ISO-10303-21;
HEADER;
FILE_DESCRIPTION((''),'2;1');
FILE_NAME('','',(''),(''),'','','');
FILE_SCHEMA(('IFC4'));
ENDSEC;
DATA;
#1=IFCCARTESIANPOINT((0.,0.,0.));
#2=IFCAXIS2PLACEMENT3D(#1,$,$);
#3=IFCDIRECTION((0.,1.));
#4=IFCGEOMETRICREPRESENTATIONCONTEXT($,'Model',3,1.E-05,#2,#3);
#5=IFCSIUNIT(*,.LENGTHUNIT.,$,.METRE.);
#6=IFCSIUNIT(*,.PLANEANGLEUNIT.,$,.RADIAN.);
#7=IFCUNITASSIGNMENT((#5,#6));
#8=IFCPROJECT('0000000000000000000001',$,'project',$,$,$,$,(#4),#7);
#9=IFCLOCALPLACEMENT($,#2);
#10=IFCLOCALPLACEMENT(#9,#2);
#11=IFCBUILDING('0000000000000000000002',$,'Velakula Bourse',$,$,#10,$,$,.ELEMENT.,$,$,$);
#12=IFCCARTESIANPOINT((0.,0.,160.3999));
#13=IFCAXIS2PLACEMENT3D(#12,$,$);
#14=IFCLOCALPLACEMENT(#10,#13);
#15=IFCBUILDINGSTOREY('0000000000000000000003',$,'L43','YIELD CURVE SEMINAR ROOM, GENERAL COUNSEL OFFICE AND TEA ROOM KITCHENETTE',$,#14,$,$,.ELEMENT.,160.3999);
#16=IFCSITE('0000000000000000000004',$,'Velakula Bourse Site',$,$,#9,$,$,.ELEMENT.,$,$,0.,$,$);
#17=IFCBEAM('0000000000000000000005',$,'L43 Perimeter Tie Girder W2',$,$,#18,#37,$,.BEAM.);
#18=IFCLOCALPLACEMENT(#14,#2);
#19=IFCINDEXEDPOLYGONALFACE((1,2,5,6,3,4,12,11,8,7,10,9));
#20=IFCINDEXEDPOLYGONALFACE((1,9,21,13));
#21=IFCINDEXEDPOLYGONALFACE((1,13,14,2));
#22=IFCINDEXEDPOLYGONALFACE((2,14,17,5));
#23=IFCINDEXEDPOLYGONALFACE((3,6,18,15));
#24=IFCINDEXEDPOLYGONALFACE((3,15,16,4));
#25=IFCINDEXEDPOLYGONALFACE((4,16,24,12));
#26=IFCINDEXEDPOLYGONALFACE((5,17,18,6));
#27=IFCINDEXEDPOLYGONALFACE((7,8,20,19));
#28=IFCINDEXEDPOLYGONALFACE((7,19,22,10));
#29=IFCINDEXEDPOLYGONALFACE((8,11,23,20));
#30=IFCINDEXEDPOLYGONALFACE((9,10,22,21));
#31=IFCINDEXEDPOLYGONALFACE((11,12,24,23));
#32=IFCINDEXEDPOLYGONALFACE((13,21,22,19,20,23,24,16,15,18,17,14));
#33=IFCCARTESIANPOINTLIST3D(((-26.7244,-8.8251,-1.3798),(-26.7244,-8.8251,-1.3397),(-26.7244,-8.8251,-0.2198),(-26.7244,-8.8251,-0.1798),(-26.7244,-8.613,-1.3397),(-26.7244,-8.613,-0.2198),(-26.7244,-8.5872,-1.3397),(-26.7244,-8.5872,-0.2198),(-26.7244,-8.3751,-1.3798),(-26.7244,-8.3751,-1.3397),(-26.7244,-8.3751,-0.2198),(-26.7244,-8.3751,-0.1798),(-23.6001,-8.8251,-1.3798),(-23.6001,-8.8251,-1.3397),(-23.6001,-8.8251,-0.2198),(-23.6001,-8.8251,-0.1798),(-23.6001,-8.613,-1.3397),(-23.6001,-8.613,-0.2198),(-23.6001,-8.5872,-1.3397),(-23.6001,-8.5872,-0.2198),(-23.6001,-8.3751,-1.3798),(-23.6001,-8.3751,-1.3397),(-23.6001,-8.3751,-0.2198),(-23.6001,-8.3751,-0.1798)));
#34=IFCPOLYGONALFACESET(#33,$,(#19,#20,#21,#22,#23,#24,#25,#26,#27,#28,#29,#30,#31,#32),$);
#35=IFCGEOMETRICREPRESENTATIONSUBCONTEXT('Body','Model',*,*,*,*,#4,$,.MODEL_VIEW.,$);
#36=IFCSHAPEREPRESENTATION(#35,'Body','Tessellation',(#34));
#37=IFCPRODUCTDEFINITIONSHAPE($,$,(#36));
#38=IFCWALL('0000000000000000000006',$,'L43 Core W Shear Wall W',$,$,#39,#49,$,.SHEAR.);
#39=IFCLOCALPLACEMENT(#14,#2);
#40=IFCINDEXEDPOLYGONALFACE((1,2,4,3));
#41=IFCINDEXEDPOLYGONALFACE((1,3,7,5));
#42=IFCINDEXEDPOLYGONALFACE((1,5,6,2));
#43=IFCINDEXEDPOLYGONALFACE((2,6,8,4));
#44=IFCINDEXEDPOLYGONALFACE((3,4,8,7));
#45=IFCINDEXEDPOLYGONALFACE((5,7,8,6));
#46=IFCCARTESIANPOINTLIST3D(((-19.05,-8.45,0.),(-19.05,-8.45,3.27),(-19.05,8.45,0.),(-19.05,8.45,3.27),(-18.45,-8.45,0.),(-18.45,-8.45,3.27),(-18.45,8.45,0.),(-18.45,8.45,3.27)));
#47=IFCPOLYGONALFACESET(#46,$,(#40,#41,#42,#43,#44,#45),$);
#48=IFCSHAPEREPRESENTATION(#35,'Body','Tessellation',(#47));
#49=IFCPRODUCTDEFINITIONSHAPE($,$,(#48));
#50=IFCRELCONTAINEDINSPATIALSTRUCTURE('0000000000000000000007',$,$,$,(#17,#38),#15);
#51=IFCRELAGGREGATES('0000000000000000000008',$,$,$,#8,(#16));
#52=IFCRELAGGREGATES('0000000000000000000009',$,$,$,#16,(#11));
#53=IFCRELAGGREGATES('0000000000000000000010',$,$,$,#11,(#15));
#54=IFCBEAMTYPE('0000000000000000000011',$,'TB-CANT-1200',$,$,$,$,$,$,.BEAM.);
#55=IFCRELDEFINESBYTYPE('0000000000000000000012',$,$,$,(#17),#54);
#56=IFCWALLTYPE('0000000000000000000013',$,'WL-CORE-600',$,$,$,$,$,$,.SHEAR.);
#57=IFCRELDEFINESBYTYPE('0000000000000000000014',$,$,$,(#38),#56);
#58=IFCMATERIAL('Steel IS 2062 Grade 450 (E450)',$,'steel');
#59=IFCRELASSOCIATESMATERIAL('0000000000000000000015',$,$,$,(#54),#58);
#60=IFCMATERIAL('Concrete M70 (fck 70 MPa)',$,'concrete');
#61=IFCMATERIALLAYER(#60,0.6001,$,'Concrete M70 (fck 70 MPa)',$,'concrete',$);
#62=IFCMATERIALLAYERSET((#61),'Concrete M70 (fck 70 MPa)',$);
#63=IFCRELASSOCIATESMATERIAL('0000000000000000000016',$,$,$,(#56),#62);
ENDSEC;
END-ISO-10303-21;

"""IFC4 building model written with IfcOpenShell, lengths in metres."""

from ifc_helpers import new_model, si_unit, direction, frame, frame_2d, origin, origin_2d, place, context, subcontext, project, spatial, rectangle, i_section, extrude, material, layer, layer_set, material_profile, profile_set, type_object, element, save


model = new_model("IFC4")

# Units and contexts
model_context = context("Model", 3, precision=1e-05, world=origin(), true_north=direction((0.0, 1.0)))
body_context = subcontext(model_context, "Body", "Model", "MODEL_VIEW")
ifc_project = project(units=[si_unit("LENGTHUNIT", "METRE"), si_unit("PLANEANGLEUNIT", "RADIAN")], contexts=[model_context])

# Site, building, storey
site_placement = place(None, origin())
site = spatial("IfcSite", under=ifc_project, at=site_placement, Name="Velakula Bourse Site", CompositionType="ELEMENT", RefElevation=0.0)
building_placement = place(site_placement, origin())
building = spatial("IfcBuilding", under=site, at=building_placement, Name="Velakula Bourse", CompositionType="ELEMENT")
storey_placement = place(building_placement, frame((0.0, 0.0, 160.3999)))
storey = spatial("IfcBuildingStorey", under=building, at=storey_placement, Name="L43", Description="YIELD CURVE SEMINAR ROOM, GENERAL COUNSEL OFFICE AND TEA ROOM KITCHENETTE", CompositionType="ELEMENT", Elevation=160.3999)

# Shared definitions
ifc_material_1 = material(Name="Concrete M70 (fck 70 MPa)", Category="concrete")

# Beam
ifc_material_2 = material(Name="Steel IS 2062 Grade 450 (E450)", Category="steel")
ifc_material_profile_1 = material_profile(ifc_material_2, i_section(OverallWidth=0.45, OverallDepth=1.2, WebThickness=0.0259, FlangeThickness=0.04, at=origin_2d()), Name="Steel IS 2062 Grade 450 (E450)")
ifc_profile_set_1 = profile_set([ifc_material_profile_1], Name="Steel IS 2062 Grade 450 (E450)")
beam_type_1 = type_object("IfcBeamType", Name="TB-CANT-1200", PredefinedType="BEAM", material=ifc_profile_set_1)
beam_1_placement = place(storey_placement, frame((-23.6001, -8.6001, -0.7798), z_axis=(-1.0, 0.0, 0.0), x_axis=(0.0, -1.0, 0.0)))
element("IfcBeam", 1, at=beam_1_placement, inside=storey, type_object=beam_type_1, Name="L43 Perimeter Tie Girder W2", PredefinedType="BEAM", context=body_context, shape_type="SweptSolid", body=[
    extrude(i_section(OverallWidth=0.45, OverallDepth=1.2, WebThickness=0.0259, FlangeThickness=0.04, at=origin_2d()), origin(), (0.0, 0.0, 1.0), 3.1243),
])

# Wall
ifc_layer = layer(ifc_material_1, 0.6001, Name="Concrete M70 (fck 70 MPa)", Category="concrete")
ifc_layer_set = layer_set([ifc_layer], Name="Concrete M70 (fck 70 MPa)")
wall_type = type_object("IfcWallType", Name="WL-CORE-600", PredefinedType="SHEAR", material=ifc_layer_set)
wall_placement = place(storey_placement, frame((-18.75, -8.45, 0.0), z_axis=(0.0, 0.0, 1.0), x_axis=(0.0, 1.0, 0.0)))
element("IfcWall", 2, at=wall_placement, inside=storey, type_object=wall_type, Name="L43 Core W Shear Wall W", PredefinedType="SHEAR", context=body_context, shape_type="SweptSolid", body=[
    extrude(rectangle(XDim=16.8999, YDim=0.6001, at=frame_2d((8.45, 0.0))), origin(), (0.0, 0.0, 1.0), 3.27),
])

save(model, "model.ifc")
